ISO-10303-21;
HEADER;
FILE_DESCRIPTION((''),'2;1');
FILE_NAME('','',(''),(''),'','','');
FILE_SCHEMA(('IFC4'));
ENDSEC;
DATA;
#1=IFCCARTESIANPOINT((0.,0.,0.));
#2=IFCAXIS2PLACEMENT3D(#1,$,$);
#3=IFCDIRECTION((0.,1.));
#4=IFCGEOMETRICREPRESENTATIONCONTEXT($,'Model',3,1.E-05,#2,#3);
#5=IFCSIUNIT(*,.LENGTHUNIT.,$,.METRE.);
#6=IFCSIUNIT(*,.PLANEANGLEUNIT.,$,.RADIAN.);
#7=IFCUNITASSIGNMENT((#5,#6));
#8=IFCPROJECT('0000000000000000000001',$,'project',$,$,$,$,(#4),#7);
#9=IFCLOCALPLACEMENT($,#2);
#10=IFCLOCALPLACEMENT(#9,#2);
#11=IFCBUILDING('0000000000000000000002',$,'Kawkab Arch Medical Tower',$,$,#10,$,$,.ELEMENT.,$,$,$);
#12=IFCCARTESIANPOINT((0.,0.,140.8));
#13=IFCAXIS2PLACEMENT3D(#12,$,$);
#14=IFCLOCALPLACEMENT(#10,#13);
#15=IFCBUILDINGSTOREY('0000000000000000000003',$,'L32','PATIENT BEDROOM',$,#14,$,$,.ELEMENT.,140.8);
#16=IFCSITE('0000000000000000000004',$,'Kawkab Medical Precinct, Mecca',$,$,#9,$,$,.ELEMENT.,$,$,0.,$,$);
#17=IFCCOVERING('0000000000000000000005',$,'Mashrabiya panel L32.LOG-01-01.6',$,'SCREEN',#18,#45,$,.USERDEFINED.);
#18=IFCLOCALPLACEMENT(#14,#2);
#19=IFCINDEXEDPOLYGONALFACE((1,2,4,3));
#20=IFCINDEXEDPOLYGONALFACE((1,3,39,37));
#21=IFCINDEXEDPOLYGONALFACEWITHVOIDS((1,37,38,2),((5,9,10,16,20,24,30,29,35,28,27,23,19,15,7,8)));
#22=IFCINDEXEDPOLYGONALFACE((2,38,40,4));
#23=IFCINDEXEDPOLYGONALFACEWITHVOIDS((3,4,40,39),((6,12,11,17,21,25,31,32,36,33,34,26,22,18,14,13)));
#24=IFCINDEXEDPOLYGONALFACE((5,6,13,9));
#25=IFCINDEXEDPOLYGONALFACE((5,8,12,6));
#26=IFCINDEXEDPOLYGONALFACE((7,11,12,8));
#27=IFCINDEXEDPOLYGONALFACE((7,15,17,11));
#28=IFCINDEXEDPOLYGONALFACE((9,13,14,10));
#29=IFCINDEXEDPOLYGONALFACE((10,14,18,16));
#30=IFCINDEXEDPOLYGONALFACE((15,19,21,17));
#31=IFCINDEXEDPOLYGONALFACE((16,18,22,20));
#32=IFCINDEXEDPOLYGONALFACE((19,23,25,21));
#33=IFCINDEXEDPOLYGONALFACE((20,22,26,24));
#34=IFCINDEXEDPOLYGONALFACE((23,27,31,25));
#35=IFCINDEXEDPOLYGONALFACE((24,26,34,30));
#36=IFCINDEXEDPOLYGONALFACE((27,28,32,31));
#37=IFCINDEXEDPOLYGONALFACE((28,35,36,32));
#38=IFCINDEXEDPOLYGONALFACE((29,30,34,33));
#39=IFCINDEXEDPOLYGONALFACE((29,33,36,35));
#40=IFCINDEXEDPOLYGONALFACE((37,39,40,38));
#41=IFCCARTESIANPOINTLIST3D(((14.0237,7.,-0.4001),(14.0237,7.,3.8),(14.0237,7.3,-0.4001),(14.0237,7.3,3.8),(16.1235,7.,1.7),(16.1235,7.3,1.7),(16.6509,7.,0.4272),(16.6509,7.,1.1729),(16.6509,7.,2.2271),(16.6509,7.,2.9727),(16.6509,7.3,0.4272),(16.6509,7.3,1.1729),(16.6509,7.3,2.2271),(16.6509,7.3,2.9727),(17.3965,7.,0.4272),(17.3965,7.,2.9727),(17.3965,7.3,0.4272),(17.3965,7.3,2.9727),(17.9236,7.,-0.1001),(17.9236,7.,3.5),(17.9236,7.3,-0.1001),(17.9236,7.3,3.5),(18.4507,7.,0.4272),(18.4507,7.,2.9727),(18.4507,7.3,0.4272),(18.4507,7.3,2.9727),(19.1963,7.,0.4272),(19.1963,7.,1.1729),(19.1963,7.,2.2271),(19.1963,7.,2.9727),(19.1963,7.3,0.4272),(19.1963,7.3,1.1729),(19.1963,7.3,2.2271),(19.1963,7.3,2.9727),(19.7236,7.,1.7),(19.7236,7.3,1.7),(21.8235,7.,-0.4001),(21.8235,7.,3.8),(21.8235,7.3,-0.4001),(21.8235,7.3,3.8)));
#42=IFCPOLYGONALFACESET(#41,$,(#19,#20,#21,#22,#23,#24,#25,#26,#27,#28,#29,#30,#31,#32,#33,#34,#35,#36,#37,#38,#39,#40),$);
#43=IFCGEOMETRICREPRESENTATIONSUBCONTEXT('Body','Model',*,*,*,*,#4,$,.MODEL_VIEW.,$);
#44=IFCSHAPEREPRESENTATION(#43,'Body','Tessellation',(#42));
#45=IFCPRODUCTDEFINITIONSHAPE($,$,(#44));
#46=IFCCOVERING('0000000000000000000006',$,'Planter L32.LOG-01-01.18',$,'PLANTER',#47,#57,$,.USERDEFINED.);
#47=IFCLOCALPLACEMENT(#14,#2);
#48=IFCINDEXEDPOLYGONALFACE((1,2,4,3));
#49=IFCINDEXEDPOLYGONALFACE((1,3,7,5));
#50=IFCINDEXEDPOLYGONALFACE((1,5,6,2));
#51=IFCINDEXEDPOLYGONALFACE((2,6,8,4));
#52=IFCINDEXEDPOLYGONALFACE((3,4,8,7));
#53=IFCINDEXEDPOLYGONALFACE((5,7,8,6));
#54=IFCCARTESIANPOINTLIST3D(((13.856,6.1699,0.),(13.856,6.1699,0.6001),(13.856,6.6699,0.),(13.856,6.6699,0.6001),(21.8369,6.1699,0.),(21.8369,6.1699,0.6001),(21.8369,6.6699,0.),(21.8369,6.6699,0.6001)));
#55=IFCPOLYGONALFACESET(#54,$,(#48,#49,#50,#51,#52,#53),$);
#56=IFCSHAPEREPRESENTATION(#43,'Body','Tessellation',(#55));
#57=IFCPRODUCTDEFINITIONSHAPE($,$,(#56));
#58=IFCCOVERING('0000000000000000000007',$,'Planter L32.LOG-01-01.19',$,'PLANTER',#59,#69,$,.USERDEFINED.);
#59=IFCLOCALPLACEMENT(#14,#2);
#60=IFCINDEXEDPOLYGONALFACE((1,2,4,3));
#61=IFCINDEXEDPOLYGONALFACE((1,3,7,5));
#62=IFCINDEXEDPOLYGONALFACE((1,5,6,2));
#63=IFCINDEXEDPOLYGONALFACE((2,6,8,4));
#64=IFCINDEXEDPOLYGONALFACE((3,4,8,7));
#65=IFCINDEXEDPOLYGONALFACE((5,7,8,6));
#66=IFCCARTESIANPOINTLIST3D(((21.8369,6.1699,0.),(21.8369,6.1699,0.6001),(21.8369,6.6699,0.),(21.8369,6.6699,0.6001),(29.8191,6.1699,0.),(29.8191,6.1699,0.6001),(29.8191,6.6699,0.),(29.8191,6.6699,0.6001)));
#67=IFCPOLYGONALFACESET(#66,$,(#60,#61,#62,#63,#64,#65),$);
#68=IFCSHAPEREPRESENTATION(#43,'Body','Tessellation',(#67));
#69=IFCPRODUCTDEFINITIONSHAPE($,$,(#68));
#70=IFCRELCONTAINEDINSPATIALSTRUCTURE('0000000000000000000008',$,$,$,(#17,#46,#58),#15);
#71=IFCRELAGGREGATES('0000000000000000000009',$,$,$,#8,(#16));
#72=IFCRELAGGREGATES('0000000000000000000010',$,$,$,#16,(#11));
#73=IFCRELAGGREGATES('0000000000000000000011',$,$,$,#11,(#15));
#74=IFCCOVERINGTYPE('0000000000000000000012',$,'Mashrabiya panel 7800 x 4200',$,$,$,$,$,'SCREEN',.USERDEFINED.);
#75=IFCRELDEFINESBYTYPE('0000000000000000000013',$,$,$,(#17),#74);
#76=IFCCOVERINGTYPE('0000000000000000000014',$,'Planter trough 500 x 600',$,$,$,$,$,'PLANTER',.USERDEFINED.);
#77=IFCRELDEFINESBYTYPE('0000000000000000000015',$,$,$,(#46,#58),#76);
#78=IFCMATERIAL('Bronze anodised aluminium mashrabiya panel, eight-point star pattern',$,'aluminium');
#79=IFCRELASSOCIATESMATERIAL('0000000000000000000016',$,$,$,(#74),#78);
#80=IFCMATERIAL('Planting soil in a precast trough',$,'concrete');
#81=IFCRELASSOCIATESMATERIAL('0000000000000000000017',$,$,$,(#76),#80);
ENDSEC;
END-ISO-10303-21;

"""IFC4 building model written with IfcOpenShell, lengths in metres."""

from ifc_helpers import new_model, si_unit, direction, frame, origin, origin_2d, place, context, subcontext, project, spatial, polyline, rectangle, outline, extrude, material, material_profile, profile_set, type_object, element, save


model = new_model("IFC4")

# Units and contexts
model_context = context("Model", 3, precision=1e-05, world=origin(), true_north=direction((0.0, 1.0)))
body_context = subcontext(model_context, "Body", "Model", "MODEL_VIEW")
ifc_project = project(units=[si_unit("LENGTHUNIT", "METRE"), si_unit("PLANEANGLEUNIT", "RADIAN")], contexts=[model_context])

# Site, building, storey
site_placement = place(None, origin())
site = spatial("IfcSite", under=ifc_project, at=site_placement, Name="Kawkab Medical Precinct, Mecca", CompositionType="ELEMENT", RefElevation=0.0)
building_placement = place(site_placement, origin())
building = spatial("IfcBuilding", under=site, at=building_placement, Name="Kawkab Arch Medical Tower", CompositionType="ELEMENT")
storey_placement = place(building_placement, frame((0.0, 0.0, 140.8)))
storey = spatial("IfcBuildingStorey", under=building, at=storey_placement, Name="L32", Description="PATIENT BEDROOM", CompositionType="ELEMENT", Elevation=140.8)

# Coverings
ifc_material_1 = material(Name="Bronze anodised aluminium mashrabiya panel, eight-point star pattern", Category="aluminium")
ifc_material_profile_1 = material_profile(ifc_material_1, outline(polyline([(-3.8999, -2.1001), (3.8999, -2.1001), (3.8999, 2.1001), (-3.8999, 2.1001), (-3.8999, -2.1001)]), holes=[polyline([(1.8, 0.0), (1.2727, 0.5271), (1.2727, 1.2727), (0.5271, 1.2727), (0.0, 1.8), (-0.5271, 1.2727), (-1.2727, 1.2727), (-1.2727, 0.5271), (-1.8, 0.0), (-1.2727, -0.5271), (-1.2727, -1.2727), (-0.5271, -1.2727), (0.0, -1.8), (0.5271, -1.2727), (1.2727, -1.2727), (1.2727, -0.5271), (1.8, 0.0)])]), Name="Mashrabiya panel 7800x4200")
ifc_profile_set_1 = profile_set([ifc_material_profile_1], Name="Bronze anodised aluminium mashrabiya panel, eight-point star pattern")
covering_type_1 = type_object("IfcCoveringType", Name="Mashrabiya panel 7800 x 4200", ElementType="SCREEN", PredefinedType="USERDEFINED", material=ifc_profile_set_1)
covering_1_placement = place(storey_placement, frame((17.9236, 7.0, 1.7), z_axis=(0.0, 1.0, 0.0), x_axis=(-1.0, 0.0, 0.0)))
element("IfcCovering", 1, at=covering_1_placement, inside=storey, type_object=covering_type_1, Name="Mashrabiya panel L32.LOG-01-01.6", ObjectType="SCREEN", PredefinedType="USERDEFINED", context=body_context, shape_type="SweptSolid", body=[
    extrude(outline(polyline([(-3.8999, -2.1001), (3.8999, -2.1001), (3.8999, 2.1001), (-3.8999, 2.1001), (-3.8999, -2.1001)]), holes=[polyline([(1.8, 0.0), (1.2727, 0.5271), (1.2727, 1.2727), (0.5271, 1.2727), (0.0, 1.8), (-0.5271, 1.2727), (-1.2727, 1.2727), (-1.2727, 0.5271), (-1.8, 0.0), (-1.2727, -0.5271), (-1.2727, -1.2727), (-0.5271, -1.2727), (0.0, -1.8), (0.5271, -1.2727), (1.2727, -1.2727), (1.2727, -0.5271), (1.8, 0.0)])]), origin(), (0.0, 0.0, 1.0), 0.3),
])
ifc_material_2 = material(Name="Planting soil in a precast trough", Category="concrete")
ifc_material_profile_2 = material_profile(ifc_material_2, rectangle(XDim=0.5, YDim=0.6001, at=origin_2d()), Name="Trough 500x600")
ifc_profile_set_2 = profile_set([ifc_material_profile_2], Name="Planting soil in a precast trough")
covering_type_2 = type_object("IfcCoveringType", Name="Planter trough 500 x 600", ElementType="PLANTER", PredefinedType="USERDEFINED", material=ifc_profile_set_2)
covering_2_placement = place(storey_placement, frame((13.856, 6.4199, 0.3), z_axis=(1.0, 0.0, 0.0), x_axis=(0.0, 1.0, 0.0)))
element("IfcCovering", 2, at=covering_2_placement, inside=storey, type_object=covering_type_2, Name="Planter L32.LOG-01-01.18", ObjectType="PLANTER", PredefinedType="USERDEFINED", context=body_context, shape_type="SweptSolid", body=[
    extrude(rectangle(XDim=0.5, YDim=0.6001, at=origin_2d()), origin(), (0.0, 0.0, 1.0), 7.981),
])
covering_3_placement = place(storey_placement, frame((21.8369, 6.4199, 0.3), z_axis=(1.0, 0.0, 0.0), x_axis=(0.0, 1.0, 0.0)))
element("IfcCovering", 3, at=covering_3_placement, inside=storey, type_object=covering_type_2, Name="Planter L32.LOG-01-01.19", ObjectType="PLANTER", PredefinedType="USERDEFINED", context=body_context, shape_type="SweptSolid", body=[
    extrude(rectangle(XDim=0.5, YDim=0.6001, at=origin_2d()), origin(), (0.0, 0.0, 1.0), 7.9822),
])

save(model, "model.ifc")
